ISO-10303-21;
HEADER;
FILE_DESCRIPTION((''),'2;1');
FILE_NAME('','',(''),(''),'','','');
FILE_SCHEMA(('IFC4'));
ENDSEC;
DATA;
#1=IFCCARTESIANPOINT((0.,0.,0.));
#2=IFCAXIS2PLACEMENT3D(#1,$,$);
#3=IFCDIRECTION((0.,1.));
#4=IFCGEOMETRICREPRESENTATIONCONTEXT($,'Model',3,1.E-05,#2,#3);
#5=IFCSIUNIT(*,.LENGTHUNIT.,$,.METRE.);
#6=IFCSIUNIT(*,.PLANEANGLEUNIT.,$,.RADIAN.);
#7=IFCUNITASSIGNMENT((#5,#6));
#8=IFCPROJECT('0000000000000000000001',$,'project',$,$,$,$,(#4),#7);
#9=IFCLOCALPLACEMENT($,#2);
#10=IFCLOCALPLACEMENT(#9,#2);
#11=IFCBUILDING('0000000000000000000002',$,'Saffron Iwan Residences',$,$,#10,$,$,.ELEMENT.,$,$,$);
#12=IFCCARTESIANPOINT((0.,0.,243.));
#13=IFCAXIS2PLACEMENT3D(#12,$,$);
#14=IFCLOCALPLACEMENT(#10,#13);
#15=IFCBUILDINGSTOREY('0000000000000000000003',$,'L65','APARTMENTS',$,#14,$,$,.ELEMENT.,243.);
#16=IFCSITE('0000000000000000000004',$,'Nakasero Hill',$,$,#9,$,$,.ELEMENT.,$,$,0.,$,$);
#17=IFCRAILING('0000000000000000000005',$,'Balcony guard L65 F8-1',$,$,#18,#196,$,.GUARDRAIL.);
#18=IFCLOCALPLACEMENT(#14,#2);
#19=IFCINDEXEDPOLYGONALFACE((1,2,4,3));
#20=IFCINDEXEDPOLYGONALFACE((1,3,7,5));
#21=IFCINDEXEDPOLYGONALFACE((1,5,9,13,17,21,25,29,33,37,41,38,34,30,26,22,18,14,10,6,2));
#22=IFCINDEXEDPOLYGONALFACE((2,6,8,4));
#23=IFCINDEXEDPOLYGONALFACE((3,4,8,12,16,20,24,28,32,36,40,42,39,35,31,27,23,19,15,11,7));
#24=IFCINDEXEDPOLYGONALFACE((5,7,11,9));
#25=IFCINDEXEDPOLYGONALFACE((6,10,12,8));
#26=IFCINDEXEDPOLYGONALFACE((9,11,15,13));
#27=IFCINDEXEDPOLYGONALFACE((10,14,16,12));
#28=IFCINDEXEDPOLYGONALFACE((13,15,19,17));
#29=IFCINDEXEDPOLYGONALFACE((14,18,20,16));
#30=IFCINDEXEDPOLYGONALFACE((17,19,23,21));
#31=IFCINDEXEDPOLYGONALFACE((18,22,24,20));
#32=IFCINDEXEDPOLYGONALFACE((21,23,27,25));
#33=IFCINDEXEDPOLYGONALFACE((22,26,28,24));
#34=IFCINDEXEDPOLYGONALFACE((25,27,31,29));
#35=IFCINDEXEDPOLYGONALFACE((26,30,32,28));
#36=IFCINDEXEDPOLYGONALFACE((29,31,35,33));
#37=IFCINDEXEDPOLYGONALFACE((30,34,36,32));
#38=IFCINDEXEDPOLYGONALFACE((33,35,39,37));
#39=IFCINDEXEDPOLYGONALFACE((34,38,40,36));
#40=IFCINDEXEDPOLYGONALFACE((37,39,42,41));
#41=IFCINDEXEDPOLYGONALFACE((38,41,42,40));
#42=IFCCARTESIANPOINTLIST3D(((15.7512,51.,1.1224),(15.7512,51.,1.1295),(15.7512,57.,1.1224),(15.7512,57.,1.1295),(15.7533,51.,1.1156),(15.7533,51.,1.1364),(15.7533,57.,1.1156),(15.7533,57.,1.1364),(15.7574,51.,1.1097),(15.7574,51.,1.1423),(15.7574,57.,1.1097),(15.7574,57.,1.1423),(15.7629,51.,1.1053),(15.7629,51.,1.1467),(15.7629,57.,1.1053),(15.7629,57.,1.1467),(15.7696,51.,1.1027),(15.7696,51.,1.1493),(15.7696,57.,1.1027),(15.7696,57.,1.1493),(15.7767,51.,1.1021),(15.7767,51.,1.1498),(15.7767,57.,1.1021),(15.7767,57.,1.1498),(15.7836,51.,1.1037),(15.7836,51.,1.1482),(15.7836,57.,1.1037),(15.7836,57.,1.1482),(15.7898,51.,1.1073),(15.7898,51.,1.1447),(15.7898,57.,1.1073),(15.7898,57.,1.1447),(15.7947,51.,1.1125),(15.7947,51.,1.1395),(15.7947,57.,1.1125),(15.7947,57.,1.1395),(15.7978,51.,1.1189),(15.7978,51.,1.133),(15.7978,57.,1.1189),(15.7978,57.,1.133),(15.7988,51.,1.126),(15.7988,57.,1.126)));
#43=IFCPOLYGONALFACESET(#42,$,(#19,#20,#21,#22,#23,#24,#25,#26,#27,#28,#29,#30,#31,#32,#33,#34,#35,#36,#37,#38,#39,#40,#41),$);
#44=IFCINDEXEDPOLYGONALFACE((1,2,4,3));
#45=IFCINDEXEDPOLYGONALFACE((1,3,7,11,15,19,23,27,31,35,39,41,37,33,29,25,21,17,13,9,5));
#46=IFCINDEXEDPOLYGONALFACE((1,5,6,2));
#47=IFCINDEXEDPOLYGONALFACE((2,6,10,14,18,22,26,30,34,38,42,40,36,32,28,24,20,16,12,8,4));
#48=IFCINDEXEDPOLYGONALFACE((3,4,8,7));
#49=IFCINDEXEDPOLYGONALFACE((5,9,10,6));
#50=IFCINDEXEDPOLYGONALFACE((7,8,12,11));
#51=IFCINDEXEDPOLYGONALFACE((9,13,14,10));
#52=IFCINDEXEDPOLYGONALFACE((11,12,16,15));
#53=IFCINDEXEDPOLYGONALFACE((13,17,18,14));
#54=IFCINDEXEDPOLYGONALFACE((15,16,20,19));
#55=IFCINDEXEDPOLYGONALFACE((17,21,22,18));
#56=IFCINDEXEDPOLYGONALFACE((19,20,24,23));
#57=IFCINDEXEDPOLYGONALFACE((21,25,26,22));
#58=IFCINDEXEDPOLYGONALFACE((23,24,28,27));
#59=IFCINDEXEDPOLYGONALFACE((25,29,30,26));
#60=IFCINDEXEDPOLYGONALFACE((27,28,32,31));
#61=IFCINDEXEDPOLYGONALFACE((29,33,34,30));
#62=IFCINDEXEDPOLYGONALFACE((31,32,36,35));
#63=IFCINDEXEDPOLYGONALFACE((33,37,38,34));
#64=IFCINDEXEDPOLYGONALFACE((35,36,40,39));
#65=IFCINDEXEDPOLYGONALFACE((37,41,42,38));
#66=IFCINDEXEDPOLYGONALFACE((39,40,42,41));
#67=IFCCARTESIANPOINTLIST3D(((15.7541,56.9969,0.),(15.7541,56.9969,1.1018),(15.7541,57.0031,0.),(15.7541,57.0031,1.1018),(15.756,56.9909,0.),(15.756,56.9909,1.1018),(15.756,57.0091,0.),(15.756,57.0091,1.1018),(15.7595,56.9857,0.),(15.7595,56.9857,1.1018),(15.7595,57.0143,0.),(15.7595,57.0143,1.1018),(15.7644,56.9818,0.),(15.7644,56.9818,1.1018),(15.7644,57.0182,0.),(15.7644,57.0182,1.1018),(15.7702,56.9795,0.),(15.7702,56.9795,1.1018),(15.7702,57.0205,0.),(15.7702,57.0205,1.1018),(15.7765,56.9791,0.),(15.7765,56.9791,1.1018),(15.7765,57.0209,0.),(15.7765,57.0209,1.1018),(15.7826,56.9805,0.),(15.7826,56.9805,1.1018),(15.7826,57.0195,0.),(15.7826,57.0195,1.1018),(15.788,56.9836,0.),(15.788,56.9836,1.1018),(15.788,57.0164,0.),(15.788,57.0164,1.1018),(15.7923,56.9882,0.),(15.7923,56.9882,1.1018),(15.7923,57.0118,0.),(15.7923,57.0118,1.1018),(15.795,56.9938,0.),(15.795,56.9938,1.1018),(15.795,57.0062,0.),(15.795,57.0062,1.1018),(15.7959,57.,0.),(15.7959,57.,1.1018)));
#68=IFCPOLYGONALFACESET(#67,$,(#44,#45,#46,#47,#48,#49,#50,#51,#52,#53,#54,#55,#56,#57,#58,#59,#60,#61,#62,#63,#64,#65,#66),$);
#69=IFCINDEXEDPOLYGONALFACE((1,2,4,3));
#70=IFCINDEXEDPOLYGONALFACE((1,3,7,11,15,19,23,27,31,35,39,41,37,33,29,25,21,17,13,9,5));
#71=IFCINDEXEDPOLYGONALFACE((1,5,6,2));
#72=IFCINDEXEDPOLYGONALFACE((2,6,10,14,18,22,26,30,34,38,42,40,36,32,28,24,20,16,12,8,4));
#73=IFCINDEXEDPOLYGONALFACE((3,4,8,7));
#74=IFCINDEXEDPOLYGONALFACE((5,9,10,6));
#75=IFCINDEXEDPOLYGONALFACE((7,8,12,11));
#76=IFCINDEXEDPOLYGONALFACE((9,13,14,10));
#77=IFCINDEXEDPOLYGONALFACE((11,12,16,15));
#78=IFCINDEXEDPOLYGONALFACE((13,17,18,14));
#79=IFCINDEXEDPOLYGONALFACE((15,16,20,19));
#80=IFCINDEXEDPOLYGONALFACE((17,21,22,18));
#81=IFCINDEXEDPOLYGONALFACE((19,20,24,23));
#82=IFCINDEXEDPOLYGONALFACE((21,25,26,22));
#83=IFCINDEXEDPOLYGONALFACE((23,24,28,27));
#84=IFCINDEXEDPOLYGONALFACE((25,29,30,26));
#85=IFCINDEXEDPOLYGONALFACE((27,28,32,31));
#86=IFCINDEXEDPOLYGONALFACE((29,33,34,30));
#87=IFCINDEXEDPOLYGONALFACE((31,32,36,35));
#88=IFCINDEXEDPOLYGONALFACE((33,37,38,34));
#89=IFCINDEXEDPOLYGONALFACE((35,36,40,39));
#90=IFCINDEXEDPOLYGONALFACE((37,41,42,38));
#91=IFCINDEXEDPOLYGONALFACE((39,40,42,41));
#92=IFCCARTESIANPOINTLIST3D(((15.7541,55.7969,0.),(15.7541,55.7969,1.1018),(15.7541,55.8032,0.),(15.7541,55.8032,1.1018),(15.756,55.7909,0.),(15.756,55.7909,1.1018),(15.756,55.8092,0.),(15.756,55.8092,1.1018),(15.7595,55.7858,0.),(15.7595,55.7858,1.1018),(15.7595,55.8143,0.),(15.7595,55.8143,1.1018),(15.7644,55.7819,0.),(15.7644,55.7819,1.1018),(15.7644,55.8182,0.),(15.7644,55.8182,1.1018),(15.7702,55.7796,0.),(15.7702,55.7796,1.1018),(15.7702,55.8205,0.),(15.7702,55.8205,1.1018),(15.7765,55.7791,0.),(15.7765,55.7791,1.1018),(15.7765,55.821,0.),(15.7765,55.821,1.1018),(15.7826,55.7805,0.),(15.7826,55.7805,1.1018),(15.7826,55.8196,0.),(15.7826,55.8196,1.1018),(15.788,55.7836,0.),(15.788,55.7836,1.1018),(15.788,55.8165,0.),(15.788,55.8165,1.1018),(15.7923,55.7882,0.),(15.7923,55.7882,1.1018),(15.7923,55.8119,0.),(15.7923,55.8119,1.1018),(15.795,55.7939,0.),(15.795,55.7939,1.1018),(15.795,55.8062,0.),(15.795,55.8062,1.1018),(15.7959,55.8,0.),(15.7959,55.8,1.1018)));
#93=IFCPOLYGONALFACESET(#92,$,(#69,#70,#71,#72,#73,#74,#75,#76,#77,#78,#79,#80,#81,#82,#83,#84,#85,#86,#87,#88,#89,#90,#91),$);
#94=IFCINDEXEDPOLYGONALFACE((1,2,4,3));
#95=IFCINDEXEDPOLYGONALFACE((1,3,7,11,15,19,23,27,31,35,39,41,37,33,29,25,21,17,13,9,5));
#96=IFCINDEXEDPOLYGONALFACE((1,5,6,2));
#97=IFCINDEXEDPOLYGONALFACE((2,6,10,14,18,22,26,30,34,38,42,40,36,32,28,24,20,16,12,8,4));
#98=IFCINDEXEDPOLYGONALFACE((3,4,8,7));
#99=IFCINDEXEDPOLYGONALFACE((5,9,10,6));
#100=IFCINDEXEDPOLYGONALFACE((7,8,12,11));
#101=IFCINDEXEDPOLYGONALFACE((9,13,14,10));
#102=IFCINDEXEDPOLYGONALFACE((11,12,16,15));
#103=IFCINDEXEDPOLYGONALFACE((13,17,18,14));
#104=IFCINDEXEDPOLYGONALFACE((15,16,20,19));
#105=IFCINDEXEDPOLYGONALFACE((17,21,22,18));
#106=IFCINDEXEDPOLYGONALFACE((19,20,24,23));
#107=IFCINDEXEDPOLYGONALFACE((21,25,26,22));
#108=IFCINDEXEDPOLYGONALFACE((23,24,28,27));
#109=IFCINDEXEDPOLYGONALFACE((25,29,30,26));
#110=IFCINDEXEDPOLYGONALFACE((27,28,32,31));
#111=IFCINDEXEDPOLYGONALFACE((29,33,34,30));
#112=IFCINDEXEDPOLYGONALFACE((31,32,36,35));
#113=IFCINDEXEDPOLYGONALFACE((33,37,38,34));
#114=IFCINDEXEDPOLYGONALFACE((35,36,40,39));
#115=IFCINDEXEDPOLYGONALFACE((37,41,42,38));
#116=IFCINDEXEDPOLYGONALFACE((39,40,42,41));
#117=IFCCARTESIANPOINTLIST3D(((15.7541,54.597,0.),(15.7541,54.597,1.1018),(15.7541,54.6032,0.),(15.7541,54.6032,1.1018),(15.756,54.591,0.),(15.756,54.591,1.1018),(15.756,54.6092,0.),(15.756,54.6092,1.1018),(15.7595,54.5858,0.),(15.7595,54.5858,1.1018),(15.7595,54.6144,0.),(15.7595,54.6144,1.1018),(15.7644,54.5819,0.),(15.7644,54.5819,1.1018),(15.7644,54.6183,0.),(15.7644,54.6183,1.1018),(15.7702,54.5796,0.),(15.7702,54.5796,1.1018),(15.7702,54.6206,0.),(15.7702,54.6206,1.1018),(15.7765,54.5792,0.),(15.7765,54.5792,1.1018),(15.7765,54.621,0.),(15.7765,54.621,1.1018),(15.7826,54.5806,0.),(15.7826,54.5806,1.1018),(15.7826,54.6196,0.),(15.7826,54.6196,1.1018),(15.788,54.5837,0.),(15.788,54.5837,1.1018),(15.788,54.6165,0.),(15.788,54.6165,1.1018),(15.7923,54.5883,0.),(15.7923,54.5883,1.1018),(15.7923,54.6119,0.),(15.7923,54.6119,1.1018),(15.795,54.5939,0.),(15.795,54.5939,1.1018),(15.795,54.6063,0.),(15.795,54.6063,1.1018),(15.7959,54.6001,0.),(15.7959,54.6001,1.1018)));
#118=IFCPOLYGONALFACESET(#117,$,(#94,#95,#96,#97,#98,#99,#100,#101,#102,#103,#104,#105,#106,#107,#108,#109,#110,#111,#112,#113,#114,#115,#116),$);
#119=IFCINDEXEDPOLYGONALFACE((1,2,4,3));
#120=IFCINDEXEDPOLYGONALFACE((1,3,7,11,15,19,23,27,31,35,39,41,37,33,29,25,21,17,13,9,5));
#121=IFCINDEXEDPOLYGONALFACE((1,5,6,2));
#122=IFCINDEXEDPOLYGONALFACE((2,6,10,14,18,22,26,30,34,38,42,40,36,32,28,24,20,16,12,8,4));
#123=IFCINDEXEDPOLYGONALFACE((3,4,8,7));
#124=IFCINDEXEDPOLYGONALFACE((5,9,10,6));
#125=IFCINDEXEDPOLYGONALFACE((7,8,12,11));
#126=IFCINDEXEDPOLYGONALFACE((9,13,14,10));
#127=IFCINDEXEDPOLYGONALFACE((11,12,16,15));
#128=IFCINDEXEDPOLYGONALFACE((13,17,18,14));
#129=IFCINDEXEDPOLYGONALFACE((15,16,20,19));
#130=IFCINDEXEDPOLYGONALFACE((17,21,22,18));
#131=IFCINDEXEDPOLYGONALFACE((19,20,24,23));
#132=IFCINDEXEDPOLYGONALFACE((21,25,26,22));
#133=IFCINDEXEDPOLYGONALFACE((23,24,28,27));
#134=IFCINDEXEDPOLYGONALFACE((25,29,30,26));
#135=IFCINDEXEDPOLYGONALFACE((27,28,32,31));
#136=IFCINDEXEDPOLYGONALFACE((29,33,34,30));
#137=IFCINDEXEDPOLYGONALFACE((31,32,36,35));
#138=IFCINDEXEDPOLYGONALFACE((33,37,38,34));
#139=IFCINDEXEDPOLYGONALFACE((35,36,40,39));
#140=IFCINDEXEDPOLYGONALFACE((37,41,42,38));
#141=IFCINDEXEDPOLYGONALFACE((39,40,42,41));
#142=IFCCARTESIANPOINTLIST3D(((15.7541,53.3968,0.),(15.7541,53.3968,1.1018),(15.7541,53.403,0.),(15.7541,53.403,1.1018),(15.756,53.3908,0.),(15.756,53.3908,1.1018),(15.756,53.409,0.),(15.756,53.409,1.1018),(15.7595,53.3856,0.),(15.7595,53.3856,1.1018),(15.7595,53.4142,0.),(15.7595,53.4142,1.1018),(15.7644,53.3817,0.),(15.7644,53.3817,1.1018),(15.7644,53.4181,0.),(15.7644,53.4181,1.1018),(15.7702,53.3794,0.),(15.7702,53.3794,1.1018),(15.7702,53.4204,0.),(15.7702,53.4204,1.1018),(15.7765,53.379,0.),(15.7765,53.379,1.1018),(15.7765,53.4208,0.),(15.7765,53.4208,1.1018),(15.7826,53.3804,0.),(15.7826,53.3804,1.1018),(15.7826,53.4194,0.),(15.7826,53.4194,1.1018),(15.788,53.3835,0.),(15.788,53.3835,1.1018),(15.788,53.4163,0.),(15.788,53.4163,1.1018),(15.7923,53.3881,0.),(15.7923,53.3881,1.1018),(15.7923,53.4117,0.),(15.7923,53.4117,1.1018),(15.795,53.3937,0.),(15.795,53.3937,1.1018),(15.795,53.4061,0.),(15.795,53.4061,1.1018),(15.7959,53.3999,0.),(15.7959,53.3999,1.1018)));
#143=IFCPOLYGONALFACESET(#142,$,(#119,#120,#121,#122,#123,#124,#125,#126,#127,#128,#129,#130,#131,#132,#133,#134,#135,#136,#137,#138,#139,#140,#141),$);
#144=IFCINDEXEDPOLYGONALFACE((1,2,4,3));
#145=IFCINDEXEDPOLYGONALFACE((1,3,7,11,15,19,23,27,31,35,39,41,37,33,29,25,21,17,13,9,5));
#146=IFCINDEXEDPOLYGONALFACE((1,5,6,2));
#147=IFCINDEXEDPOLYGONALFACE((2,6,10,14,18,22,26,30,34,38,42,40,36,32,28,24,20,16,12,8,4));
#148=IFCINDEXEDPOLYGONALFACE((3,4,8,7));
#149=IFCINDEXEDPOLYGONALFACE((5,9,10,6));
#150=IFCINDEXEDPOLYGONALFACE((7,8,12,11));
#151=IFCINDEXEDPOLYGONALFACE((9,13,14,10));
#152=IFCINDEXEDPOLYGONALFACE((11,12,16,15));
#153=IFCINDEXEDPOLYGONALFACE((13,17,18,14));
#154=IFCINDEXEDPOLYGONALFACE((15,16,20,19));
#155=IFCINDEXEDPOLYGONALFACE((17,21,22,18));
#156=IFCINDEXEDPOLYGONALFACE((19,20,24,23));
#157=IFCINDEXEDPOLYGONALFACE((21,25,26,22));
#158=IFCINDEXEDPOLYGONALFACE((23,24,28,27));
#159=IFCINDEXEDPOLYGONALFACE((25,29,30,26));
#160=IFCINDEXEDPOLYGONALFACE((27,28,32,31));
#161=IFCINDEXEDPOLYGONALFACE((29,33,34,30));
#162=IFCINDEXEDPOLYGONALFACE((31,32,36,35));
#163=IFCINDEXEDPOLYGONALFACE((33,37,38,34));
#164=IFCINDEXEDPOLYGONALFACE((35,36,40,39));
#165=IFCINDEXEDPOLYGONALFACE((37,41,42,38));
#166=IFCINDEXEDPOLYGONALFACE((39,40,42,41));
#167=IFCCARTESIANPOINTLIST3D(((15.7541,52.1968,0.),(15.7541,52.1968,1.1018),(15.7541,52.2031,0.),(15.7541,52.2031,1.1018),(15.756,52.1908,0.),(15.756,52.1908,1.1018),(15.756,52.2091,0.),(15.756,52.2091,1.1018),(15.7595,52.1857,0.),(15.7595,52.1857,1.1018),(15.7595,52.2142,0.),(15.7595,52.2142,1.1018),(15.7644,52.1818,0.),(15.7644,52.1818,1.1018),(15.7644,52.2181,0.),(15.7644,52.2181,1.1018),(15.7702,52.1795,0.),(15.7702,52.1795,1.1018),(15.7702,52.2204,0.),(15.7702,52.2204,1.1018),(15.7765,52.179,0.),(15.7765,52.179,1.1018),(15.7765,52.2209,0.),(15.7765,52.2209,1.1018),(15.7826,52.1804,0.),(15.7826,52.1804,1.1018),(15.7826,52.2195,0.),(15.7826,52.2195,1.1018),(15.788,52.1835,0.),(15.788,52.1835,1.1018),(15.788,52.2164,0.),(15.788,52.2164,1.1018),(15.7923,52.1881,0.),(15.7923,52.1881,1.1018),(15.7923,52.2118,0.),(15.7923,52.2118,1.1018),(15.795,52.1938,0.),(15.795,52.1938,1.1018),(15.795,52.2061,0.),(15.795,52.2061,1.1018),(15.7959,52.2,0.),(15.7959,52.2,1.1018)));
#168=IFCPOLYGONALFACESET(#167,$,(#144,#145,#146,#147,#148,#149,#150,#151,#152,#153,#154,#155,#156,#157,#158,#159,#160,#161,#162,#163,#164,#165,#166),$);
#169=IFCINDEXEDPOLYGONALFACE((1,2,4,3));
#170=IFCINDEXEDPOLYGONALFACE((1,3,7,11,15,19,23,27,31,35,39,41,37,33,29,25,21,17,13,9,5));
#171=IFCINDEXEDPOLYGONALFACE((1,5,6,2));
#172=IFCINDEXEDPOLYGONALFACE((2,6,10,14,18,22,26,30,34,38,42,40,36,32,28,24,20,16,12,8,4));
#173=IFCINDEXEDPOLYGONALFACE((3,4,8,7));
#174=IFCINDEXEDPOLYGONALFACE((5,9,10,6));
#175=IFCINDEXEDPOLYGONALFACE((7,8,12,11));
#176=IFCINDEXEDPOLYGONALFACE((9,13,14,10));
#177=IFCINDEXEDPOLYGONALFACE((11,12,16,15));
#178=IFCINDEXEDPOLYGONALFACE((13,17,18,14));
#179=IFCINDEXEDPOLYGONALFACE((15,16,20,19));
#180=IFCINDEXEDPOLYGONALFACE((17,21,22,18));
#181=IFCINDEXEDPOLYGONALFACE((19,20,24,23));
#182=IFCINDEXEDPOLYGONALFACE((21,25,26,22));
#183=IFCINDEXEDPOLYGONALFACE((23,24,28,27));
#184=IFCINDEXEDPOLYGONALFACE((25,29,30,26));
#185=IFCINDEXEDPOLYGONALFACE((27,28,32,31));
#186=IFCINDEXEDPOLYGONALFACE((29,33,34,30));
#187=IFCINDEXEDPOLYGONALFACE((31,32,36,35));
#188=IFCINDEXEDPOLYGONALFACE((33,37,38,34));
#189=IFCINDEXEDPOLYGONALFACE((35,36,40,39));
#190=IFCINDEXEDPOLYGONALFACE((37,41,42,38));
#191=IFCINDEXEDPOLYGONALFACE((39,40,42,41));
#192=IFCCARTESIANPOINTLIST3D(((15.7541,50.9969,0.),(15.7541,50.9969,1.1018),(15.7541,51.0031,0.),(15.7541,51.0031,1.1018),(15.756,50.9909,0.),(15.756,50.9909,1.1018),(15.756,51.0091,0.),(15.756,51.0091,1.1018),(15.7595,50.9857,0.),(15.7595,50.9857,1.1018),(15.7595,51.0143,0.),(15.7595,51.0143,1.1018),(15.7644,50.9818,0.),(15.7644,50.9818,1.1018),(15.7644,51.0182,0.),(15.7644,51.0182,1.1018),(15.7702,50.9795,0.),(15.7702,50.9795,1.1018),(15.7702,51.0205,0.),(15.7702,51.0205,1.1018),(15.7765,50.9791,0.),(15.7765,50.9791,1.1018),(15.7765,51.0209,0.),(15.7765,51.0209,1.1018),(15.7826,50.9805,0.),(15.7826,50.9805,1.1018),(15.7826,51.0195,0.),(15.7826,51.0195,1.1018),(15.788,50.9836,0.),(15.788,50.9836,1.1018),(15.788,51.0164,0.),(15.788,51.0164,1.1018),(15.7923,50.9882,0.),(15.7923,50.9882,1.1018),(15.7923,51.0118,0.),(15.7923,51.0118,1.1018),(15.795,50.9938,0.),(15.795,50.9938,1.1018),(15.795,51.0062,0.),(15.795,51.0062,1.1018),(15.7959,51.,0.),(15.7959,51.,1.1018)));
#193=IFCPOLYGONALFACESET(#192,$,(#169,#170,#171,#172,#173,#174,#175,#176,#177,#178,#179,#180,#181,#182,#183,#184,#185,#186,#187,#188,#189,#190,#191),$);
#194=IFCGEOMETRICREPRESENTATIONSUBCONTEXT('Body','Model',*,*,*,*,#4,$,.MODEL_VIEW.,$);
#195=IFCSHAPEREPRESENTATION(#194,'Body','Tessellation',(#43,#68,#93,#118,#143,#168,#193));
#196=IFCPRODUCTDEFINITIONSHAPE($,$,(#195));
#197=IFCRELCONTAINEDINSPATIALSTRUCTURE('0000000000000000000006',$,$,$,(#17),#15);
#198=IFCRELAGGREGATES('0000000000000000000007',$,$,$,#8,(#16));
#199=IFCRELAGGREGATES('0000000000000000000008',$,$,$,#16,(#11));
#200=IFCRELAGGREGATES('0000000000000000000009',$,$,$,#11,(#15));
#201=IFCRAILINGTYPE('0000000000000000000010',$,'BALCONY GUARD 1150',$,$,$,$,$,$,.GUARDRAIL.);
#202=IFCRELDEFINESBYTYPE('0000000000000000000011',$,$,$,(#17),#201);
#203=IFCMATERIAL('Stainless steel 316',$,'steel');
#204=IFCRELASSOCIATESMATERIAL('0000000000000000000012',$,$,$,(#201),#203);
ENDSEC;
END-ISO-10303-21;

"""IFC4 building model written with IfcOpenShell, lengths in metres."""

from ifc_helpers import new_model, si_unit, direction, frame, origin, origin_2d, place, context, subcontext, project, spatial, circle, extrude, material, type_object, element, save


model = new_model("IFC4")

# Units and contexts
model_context = context("Model", 3, precision=1e-05, world=origin(), true_north=direction((0.0, 1.0)))
body_context = subcontext(model_context, "Body", "Model", "MODEL_VIEW")
ifc_project = project(units=[si_unit("LENGTHUNIT", "METRE"), si_unit("PLANEANGLEUNIT", "RADIAN")], contexts=[model_context])

# Site, building, storey
site_placement = place(None, origin())
site = spatial("IfcSite", under=ifc_project, at=site_placement, Name="Nakasero Hill", CompositionType="ELEMENT", RefElevation=0.0)
building_placement = place(site_placement, origin())
building = spatial("IfcBuilding", under=site, at=building_placement, Name="Saffron Iwan Residences", CompositionType="ELEMENT")
storey_placement = place(building_placement, frame((0.0, 0.0, 243.0)))
storey = spatial("IfcBuildingStorey", under=building, at=storey_placement, Name="L65", Description="APARTMENTS", CompositionType="ELEMENT", Elevation=243.0)

# Railing
ifc_material_1 = material(Name="Stainless steel 316", Category="steel")
railing_type = type_object("IfcRailingType", Name="BALCONY GUARD 1150", PredefinedType="GUARDRAIL", material=ifc_material_1)
railing_placement = place(storey_placement, frame((15.7749, 57.0, 0.0)))
element("IfcRailing", 1, at=railing_placement, inside=storey, type_object=railing_type, Name="Balcony guard L65 F8-1", PredefinedType="GUARDRAIL", context=body_context, shape_type="SweptSolid", body=[
    extrude(circle(Radius=0.0239, at=origin_2d()), frame((0.0, 0.0, 1.126), z_axis=(0.0, -1.0, 0.0), x_axis=(1.0, 0.0, 0.0)), (0.0, 0.0, 1.0), 6.0),
    extrude(circle(Radius=0.021, at=origin_2d()), origin(), (0.0, 0.0, 1.0), 1.1018),
    extrude(circle(Radius=0.021, at=origin_2d()), frame((0.0, -1.2, 0.0)), (0.0, 0.0, 1.0), 1.1018),
    extrude(circle(Radius=0.021, at=origin_2d()), frame((0.0, -2.3999, 0.0)), (0.0, 0.0, 1.0), 1.1018),
    extrude(circle(Radius=0.021, at=origin_2d()), frame((0.0, -3.6001, 0.0)), (0.0, 0.0, 1.0), 1.1018),
    extrude(circle(Radius=0.021, at=origin_2d()), frame((0.0, -4.8, 0.0)), (0.0, 0.0, 1.0), 1.1018),
    extrude(circle(Radius=0.021, at=origin_2d()), frame((0.0, -6.0, 0.0)), (0.0, 0.0, 1.0), 1.1018),
])

save(model, "model.ifc")
